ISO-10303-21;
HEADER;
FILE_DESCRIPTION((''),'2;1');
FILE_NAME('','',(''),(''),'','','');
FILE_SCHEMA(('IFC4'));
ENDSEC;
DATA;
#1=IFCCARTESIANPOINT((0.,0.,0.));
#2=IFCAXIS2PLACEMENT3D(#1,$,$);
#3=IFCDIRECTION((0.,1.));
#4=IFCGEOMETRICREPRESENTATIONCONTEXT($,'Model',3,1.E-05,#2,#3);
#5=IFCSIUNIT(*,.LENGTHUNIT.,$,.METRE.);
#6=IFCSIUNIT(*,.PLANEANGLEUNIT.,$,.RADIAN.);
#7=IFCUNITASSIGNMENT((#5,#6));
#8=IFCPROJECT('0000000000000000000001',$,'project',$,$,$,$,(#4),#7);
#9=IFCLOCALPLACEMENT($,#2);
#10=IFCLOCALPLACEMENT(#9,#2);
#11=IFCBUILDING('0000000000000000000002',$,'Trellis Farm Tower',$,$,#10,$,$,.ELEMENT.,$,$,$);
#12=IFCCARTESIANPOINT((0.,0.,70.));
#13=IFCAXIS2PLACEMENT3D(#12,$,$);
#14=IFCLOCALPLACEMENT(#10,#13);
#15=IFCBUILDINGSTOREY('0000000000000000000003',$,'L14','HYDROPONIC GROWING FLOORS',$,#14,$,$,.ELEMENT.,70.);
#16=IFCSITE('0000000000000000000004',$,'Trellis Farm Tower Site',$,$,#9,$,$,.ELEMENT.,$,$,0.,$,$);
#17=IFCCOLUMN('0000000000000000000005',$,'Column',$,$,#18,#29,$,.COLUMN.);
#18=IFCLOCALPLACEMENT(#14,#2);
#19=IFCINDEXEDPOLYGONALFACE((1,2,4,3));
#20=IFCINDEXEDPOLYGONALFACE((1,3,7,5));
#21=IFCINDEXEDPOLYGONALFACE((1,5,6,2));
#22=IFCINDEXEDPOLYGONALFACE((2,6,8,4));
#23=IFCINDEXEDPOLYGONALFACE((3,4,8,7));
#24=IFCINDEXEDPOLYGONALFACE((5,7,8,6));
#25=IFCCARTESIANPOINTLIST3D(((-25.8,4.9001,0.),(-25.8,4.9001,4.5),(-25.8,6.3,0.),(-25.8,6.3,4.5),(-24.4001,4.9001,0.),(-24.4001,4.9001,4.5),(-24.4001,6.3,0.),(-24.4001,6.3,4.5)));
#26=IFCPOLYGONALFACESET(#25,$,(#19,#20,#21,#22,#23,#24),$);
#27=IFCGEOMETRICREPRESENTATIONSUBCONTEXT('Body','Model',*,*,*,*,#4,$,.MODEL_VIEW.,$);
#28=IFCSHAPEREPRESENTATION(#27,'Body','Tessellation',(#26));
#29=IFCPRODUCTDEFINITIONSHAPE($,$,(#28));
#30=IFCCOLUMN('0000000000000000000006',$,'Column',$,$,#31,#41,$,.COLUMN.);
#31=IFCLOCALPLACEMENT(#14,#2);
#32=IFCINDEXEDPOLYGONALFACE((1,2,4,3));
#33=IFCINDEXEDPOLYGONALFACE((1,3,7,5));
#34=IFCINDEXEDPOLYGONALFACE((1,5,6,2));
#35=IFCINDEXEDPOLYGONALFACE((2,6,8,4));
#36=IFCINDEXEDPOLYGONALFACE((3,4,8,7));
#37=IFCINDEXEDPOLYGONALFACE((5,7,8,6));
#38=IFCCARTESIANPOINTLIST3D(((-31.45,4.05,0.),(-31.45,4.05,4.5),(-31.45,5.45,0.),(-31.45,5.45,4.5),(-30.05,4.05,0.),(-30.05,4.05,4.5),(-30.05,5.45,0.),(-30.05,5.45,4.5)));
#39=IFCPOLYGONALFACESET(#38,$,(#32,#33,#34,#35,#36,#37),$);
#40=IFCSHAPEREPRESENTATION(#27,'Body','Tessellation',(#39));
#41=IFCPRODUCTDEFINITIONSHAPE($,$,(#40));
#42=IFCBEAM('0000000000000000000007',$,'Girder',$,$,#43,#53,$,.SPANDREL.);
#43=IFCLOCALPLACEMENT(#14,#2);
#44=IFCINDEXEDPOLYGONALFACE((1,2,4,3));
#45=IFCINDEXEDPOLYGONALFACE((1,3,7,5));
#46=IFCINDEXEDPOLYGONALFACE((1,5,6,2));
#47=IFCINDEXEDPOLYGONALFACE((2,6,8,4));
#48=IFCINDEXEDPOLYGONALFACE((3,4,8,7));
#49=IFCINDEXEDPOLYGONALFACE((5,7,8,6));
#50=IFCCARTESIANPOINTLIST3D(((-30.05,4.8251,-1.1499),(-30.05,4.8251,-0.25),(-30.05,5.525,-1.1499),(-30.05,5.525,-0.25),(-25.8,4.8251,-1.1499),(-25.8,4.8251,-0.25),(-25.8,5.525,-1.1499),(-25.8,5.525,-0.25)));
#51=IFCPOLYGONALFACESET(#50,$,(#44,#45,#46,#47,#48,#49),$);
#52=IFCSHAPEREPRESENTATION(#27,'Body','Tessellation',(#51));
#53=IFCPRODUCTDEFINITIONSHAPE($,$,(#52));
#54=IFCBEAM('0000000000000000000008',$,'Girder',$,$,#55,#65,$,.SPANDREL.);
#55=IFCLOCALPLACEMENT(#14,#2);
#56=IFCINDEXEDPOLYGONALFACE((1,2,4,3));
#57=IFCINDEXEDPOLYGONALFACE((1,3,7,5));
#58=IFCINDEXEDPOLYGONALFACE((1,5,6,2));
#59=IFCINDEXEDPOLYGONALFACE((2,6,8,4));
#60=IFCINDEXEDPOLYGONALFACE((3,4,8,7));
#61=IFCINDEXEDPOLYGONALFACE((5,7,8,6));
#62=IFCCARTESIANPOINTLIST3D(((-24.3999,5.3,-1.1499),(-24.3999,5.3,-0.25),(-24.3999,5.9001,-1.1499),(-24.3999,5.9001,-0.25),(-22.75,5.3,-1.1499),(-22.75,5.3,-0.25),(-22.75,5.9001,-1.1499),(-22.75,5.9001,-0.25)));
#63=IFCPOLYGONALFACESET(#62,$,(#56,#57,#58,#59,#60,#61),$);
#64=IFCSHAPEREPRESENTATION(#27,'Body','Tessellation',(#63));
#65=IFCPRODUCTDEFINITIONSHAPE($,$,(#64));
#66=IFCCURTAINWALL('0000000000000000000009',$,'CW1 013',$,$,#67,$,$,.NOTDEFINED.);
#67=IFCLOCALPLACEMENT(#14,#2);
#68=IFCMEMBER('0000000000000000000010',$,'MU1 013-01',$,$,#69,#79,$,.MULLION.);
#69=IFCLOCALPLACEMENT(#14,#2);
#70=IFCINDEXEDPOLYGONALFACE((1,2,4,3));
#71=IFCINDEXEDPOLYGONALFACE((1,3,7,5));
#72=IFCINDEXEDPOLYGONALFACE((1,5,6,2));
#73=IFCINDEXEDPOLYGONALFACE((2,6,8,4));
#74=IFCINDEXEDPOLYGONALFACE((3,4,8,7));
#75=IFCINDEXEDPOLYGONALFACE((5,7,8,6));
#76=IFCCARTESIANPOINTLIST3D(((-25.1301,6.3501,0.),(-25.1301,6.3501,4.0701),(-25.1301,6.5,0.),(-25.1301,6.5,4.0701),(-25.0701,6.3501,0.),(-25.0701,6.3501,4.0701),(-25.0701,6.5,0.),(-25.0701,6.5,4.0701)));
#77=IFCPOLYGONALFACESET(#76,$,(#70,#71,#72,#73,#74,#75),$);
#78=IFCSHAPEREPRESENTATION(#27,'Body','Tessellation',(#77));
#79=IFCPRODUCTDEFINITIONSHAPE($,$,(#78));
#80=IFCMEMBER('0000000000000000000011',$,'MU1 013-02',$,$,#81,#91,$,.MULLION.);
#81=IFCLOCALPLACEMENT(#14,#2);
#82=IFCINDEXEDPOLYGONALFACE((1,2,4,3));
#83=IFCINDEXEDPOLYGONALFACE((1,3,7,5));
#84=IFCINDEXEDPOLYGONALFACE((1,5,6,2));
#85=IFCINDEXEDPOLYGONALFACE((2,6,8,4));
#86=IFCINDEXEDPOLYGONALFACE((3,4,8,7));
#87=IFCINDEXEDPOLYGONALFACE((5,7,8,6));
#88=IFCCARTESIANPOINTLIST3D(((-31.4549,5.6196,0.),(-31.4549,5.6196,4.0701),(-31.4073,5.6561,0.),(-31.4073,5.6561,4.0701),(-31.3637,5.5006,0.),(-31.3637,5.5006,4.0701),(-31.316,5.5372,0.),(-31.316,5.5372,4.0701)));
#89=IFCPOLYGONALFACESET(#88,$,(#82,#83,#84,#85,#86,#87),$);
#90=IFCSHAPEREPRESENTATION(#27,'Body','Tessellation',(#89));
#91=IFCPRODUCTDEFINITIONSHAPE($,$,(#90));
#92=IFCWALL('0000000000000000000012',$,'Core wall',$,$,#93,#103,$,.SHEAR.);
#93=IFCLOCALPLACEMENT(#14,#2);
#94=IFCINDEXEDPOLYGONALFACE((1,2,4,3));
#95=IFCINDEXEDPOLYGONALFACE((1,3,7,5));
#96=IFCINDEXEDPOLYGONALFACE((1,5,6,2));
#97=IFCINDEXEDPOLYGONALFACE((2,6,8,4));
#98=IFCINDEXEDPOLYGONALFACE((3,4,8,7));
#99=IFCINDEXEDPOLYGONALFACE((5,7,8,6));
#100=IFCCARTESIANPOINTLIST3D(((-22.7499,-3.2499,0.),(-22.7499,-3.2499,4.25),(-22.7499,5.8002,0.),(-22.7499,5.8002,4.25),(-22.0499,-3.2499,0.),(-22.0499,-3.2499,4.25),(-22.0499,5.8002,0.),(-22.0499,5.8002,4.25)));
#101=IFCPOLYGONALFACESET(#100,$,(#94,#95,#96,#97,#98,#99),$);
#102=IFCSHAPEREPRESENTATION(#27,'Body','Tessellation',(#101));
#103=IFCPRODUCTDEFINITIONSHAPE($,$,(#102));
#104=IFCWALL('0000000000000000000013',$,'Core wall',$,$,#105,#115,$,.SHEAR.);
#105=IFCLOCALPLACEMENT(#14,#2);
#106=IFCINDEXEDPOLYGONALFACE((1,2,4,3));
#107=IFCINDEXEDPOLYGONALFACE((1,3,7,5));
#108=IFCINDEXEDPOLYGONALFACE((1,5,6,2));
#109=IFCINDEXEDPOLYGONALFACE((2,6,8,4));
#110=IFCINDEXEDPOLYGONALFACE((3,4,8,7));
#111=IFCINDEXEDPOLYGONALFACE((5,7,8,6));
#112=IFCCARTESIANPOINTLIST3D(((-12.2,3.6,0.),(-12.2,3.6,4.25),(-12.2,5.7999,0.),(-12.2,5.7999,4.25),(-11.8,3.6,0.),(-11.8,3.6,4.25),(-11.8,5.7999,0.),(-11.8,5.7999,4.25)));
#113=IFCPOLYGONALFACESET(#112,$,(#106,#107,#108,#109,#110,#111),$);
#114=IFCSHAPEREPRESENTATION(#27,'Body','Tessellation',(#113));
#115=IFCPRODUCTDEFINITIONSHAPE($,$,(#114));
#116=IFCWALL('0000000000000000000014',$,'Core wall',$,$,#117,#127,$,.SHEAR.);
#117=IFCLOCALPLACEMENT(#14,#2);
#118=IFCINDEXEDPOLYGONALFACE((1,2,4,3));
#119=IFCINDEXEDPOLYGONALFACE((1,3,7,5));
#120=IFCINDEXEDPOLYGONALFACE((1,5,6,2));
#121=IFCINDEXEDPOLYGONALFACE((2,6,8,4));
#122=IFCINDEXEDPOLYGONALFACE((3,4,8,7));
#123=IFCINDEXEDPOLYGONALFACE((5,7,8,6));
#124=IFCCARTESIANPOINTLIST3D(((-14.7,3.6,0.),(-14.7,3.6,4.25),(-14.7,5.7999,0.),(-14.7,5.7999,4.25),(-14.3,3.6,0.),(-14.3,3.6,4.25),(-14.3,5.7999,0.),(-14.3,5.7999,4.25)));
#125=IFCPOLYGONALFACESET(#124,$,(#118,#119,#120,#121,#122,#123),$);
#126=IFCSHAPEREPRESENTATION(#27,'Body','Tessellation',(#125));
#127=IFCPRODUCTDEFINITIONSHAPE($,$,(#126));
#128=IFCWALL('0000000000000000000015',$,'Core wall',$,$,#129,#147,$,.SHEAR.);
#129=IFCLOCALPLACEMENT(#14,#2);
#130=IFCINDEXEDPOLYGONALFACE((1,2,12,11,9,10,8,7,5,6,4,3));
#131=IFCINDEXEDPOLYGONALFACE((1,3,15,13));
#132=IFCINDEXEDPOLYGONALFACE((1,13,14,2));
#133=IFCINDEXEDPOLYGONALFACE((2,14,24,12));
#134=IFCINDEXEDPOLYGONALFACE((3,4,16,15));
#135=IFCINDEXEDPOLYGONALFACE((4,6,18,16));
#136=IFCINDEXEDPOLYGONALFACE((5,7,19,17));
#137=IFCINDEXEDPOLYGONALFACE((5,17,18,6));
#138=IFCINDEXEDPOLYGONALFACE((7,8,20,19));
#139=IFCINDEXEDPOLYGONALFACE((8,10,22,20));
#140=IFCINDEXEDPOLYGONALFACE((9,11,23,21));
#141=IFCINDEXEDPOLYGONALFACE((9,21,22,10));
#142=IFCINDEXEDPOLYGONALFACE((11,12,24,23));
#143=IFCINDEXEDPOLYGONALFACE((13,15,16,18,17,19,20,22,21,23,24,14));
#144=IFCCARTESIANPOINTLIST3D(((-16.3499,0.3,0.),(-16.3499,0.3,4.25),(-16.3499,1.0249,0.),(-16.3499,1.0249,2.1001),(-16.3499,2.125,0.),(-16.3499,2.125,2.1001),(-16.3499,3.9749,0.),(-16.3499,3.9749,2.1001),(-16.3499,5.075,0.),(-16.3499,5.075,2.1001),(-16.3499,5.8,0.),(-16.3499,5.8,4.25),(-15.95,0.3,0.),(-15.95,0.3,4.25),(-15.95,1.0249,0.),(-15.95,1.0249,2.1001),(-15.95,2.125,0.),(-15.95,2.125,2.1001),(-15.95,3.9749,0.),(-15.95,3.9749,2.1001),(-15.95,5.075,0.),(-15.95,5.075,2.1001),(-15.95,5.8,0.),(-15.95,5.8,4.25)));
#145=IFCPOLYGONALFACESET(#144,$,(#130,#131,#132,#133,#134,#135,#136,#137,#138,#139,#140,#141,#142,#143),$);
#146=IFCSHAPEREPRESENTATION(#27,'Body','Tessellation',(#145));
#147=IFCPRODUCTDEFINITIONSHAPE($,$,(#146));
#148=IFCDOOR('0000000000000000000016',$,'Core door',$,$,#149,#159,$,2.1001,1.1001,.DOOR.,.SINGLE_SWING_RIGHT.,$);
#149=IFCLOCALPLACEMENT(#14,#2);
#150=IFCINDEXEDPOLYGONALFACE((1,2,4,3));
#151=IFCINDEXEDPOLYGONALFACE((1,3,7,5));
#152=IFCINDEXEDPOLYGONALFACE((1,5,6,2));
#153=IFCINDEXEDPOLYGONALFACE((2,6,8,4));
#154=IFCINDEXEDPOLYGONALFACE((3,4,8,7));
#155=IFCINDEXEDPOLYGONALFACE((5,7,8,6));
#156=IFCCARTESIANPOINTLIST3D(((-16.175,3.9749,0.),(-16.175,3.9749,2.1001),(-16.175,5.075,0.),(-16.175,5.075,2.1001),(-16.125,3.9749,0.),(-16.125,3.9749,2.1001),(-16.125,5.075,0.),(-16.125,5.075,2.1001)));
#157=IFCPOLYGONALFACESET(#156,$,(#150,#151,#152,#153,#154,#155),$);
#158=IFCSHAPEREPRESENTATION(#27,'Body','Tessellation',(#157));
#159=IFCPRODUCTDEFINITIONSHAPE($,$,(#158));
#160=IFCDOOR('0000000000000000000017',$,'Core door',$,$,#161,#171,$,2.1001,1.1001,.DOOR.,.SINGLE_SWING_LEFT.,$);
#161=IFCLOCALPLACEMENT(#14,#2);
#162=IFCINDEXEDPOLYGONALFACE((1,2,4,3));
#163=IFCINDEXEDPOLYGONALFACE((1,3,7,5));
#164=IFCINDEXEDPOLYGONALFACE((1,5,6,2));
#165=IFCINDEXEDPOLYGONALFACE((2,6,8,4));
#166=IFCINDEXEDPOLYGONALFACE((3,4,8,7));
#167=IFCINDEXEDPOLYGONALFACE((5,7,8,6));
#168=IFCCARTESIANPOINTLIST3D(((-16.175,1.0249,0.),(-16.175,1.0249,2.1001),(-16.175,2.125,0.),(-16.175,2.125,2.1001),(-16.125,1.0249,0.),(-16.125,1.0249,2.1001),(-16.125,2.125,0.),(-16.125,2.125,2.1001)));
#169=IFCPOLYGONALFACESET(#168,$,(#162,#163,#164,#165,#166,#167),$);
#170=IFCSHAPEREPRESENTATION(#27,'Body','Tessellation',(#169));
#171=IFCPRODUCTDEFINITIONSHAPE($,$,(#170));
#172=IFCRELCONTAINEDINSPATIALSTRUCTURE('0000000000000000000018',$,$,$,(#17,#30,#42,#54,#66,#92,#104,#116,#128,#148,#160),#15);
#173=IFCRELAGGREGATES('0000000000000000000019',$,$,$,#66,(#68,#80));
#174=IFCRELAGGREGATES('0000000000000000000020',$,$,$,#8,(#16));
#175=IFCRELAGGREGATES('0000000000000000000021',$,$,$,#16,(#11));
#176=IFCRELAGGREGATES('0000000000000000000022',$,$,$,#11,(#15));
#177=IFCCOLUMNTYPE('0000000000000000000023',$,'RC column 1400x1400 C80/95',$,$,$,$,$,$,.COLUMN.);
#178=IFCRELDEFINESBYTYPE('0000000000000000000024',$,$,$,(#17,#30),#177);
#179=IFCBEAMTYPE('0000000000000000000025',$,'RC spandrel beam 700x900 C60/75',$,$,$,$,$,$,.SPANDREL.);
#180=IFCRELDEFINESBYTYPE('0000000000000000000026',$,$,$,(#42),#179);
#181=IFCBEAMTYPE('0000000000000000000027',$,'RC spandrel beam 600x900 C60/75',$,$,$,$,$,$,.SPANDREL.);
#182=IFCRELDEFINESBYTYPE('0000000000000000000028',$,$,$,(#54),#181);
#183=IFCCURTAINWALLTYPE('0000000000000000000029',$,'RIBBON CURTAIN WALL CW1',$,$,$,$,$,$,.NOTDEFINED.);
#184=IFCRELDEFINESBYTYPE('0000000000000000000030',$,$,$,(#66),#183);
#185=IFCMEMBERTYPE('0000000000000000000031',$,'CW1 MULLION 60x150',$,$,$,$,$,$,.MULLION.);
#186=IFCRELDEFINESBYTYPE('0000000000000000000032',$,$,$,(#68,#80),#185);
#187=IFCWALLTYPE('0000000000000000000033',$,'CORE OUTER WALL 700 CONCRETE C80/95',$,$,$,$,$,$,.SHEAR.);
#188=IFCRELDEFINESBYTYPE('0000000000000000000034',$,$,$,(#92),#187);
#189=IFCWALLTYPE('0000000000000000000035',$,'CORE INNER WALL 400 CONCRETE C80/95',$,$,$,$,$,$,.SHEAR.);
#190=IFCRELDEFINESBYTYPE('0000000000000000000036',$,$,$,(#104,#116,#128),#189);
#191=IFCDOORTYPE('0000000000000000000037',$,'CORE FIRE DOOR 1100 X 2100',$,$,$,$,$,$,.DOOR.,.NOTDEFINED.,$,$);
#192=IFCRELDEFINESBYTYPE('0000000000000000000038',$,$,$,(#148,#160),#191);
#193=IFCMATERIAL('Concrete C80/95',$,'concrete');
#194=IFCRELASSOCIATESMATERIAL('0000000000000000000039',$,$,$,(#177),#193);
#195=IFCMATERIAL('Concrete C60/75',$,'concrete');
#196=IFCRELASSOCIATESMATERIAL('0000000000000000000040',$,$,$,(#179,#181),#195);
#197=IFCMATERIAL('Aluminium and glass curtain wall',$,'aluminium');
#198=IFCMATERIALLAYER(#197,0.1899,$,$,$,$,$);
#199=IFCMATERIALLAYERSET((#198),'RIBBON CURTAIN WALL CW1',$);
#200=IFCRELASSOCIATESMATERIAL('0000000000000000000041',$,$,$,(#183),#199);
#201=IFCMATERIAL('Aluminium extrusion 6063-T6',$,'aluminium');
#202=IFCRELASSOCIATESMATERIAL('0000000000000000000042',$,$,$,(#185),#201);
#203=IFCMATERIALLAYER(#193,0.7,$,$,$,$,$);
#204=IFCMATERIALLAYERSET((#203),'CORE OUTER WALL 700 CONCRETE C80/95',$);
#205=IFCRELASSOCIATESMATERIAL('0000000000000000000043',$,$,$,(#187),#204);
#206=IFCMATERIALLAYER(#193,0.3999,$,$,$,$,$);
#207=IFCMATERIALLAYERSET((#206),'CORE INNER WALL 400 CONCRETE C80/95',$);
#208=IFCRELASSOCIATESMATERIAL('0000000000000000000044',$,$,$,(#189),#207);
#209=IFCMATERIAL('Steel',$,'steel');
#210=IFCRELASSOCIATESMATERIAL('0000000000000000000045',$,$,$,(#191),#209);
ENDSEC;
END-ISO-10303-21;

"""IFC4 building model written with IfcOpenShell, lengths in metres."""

from ifc_helpers import new_model, si_unit, direction, frame, frame_2d, origin, origin_2d, place, context, subcontext, project, spatial, rectangle, extrude, source, transform, mapped, material, layer, layer_set, material_profile, profile_set, type_object, element, fill, aggregate, save


model = new_model("IFC4")

# Units and contexts
model_context = context("Model", 3, precision=1e-05, world=origin(), true_north=direction((0.0, 1.0)))
body_context = subcontext(model_context, "Body", "Model", "MODEL_VIEW")
ifc_project = project(units=[si_unit("LENGTHUNIT", "METRE"), si_unit("PLANEANGLEUNIT", "RADIAN")], contexts=[model_context])

# Site, building, storey
site_placement = place(None, origin())
site = spatial("IfcSite", under=ifc_project, at=site_placement, Name="Trellis Farm Tower Site", CompositionType="ELEMENT", RefElevation=0.0)
building_placement = place(site_placement, origin())
building = spatial("IfcBuilding", under=site, at=building_placement, Name="Trellis Farm Tower", CompositionType="ELEMENT")
storey_placement = place(building_placement, frame((0.0, 0.0, 70.0)))
storey = spatial("IfcBuildingStorey", under=building, at=storey_placement, Name="L14", Description="HYDROPONIC GROWING FLOORS", CompositionType="ELEMENT", Elevation=70.0)

# Columns
ifc_material_1 = material(Name="Concrete C80/95", Category="concrete")
ifc_material_profile_1 = material_profile(ifc_material_1, rectangle(XDim=1.3999, YDim=1.3999, at=origin_2d()), Name="RC column 1400x1400 C80/95")
ifc_profile_set_1 = profile_set([ifc_material_profile_1], Name="Concrete C80/95")
column_type = type_object("IfcColumnType", Name="RC column 1400x1400 C80/95", PredefinedType="COLUMN", material=ifc_profile_set_1)
shared_shape_1 = source(origin(), body_context, "Body", "SweptSolid", [
    extrude(rectangle(XDim=1.3999, YDim=1.3999, at=origin_2d()), origin(), (0.0, 0.0, 1.0), 4.5),
])
for number, where, z_axis, x_axis, name in (
    (1, (-25.1001, 5.6001, 0.0), (0.0, 0.0, 1.0), (1.0, 0.0, 0.0), "Column"),
    (2, (-30.75, 4.75, 0.0), (0.0, 0.0, 1.0), (1.0, 0.0, 0.0), "Column"),
):
    element("IfcColumn", number, at=place(storey_placement, frame(where, z_axis=z_axis, x_axis=x_axis)), inside=storey, type_object=column_type, Name=name, PredefinedType="COLUMN", context=body_context, shape_type="MappedRepresentation", body=[
        mapped(shared_shape_1, transform((0.0, 0.0, 0.0))),
    ])

# Beams
ifc_material_2 = material(Name="Concrete C60/75", Category="concrete")
ifc_material_profile_2 = material_profile(ifc_material_2, rectangle(XDim=0.7, YDim=0.8999, at=origin_2d()), Name="RC spandrel beam 700x900 C60/75")
ifc_profile_set_2 = profile_set([ifc_material_profile_2], Name="Concrete C60/75")
beam_type_1 = type_object("IfcBeamType", Name="RC spandrel beam 700x900 C60/75", PredefinedType="SPANDREL", material=ifc_profile_set_2)
shared_shape_2 = source(origin(), body_context, "Body", "SweptSolid", [
    extrude(rectangle(XDim=0.7, YDim=0.8999, at=origin_2d()), origin(), (0.0, 0.0, 1.0), 4.25),
])
beam_1_placement = place(storey_placement, frame((-30.05, 5.175, -0.7), z_axis=(1.0, 0.0, 0.0), x_axis=(0.0, 1.0, 0.0)))
element("IfcBeam", 3, at=beam_1_placement, inside=storey, type_object=beam_type_1, Name="Girder", PredefinedType="SPANDREL", context=body_context, shape_type="MappedRepresentation", body=[
    mapped(shared_shape_2, transform((0.0, 0.0, 0.0))),
])
ifc_material_profile_3 = material_profile(ifc_material_2, rectangle(XDim=0.6001, YDim=0.8999, at=origin_2d()), Name="RC spandrel beam 600x900 C60/75")
ifc_profile_set_3 = profile_set([ifc_material_profile_3], Name="Concrete C60/75")
beam_type_2 = type_object("IfcBeamType", Name="RC spandrel beam 600x900 C60/75", PredefinedType="SPANDREL", material=ifc_profile_set_3)
shared_shape_3 = source(origin(), body_context, "Body", "SweptSolid", [
    extrude(rectangle(XDim=0.6001, YDim=0.8999, at=origin_2d()), origin(), (0.0, 0.0, 1.0), 1.6499),
])
beam_2_placement = place(storey_placement, frame((-24.3999, 5.6001, -0.7), z_axis=(1.0, 0.0, 0.0), x_axis=(0.0, 1.0, 0.0)))
element("IfcBeam", 4, at=beam_2_placement, inside=storey, type_object=beam_type_2, Name="Girder", PredefinedType="SPANDREL", context=body_context, shape_type="MappedRepresentation", body=[
    mapped(shared_shape_3, transform((0.0, 0.0, 0.0))),
])

# Curtain wall, members
ifc_material_3 = material(Name="Aluminium and glass curtain wall", Category="aluminium")
ifc_layer_1 = layer(ifc_material_3, 0.1899)
ifc_layer_set_1 = layer_set([ifc_layer_1], Name="RIBBON CURTAIN WALL CW1")
curtain_wall_type = type_object("IfcCurtainWallType", Name="RIBBON CURTAIN WALL CW1", PredefinedType="NOTDEFINED", material=ifc_layer_set_1)
placement = place(storey_placement, origin())
curtain_wall = element("IfcCurtainWall", 5, at=placement, inside=storey, type_object=curtain_wall_type, Name="CW1 013", PredefinedType="NOTDEFINED")
ifc_material_4 = material(Name="Aluminium extrusion 6063-T6", Category="aluminium")
ifc_material_profile_4 = material_profile(ifc_material_4, rectangle(XDim=0.0601, YDim=0.1499, at=origin_2d()), Name="MULLION 60x150")
ifc_profile_set_4 = profile_set([ifc_material_profile_4], Name="Aluminium extrusion 6063-T6")
member_type = type_object("IfcMemberType", Name="CW1 MULLION 60x150", PredefinedType="MULLION", material=ifc_profile_set_4)
shared_shape_4 = source(origin(), body_context, "Body", "SweptSolid", [
    extrude(rectangle(XDim=0.0601, YDim=0.1499, at=origin_2d()), origin(), (0.0, 0.0, 1.0), 4.0701),
])
member_1_placement = place(storey_placement, frame((-25.1001, 6.425, 0.0), z_axis=(0.0, 0.0, 1.0), x_axis=(-1.0, 0.0, 0.0)))
member_1 = element("IfcMember", 6, at=member_1_placement, type_object=member_type, Name="MU1 013-01", PredefinedType="MULLION", context=body_context, shape_type="MappedRepresentation", body=[
    mapped(shared_shape_4, transform((0.0, 0.0, 0.0))),
])
member_2_placement = place(storey_placement, frame((-31.3855, 5.5784, 0.0), z_axis=(0.0, 0.0, 1.0), x_axis=(-0.793353, -0.608761, 0.0)))
member_2 = element("IfcMember", 7, at=member_2_placement, type_object=member_type, Name="MU1 013-02", PredefinedType="MULLION", context=body_context, shape_type="MappedRepresentation", body=[
    mapped(shared_shape_4, transform((0.0, 0.0, 0.0))),
])
aggregate(curtain_wall, [member_1, member_2])

# Walls
ifc_layer_2 = layer(ifc_material_1, 0.7)
ifc_layer_set_2 = layer_set([ifc_layer_2], Name="CORE OUTER WALL 700 CONCRETE C80/95")
wall_type_1 = type_object("IfcWallType", Name="CORE OUTER WALL 700 CONCRETE C80/95", PredefinedType="SHEAR", material=ifc_layer_set_2)
shared_shape_5 = source(origin(), body_context, "Body", "SweptSolid", [
    extrude(rectangle(XDim=9.05, YDim=0.7, at=frame_2d((4.5249, 0.0))), origin(), (0.0, 0.0, 1.0), 4.25),
])
wall_1_placement = place(storey_placement, frame((-22.3999, 5.8, 0.0), z_axis=(0.0, 0.0, 1.0), x_axis=(0.0, -1.0, 0.0)))
element("IfcWall", 8, at=wall_1_placement, inside=storey, type_object=wall_type_1, Name="Core wall", PredefinedType="SHEAR", context=body_context, shape_type="MappedRepresentation", body=[
    mapped(shared_shape_5, transform((0.0, 0.0, 0.0))),
])
ifc_layer_3 = layer(ifc_material_1, 0.3999)
ifc_layer_set_3 = layer_set([ifc_layer_3], Name="CORE INNER WALL 400 CONCRETE C80/95")
wall_type_2 = type_object("IfcWallType", Name="CORE INNER WALL 400 CONCRETE C80/95", PredefinedType="SHEAR", material=ifc_layer_set_3)
shared_shape_6 = source(origin(), body_context, "Body", "SweptSolid", [
    extrude(rectangle(XDim=2.2, YDim=0.3999, at=frame_2d((1.1001, 0.0))), origin(), (0.0, 0.0, 1.0), 4.25),
])
for number, where, z_axis, x_axis, name in (
    (9, (-12.0, 5.8, 0.0), (0.0, 0.0, 1.0), (0.0, -1.0, 0.0), "Core wall"),
    (10, (-14.5, 5.8, 0.0), (0.0, 0.0, 1.0), (0.0, -1.0, 0.0), "Core wall"),
):
    element("IfcWall", number, at=place(storey_placement, frame(where, z_axis=z_axis, x_axis=x_axis)), inside=storey, type_object=wall_type_2, Name=name, PredefinedType="SHEAR", context=body_context, shape_type="MappedRepresentation", body=[
        mapped(shared_shape_6, transform((0.0, 0.0, 0.0))),
    ])

# Wall, openings, doors
shared_shape_7 = source(origin(), body_context, "Body", "SweptSolid", [
    extrude(rectangle(XDim=5.5, YDim=0.3999, at=frame_2d((2.75, 0.0))), origin(), (0.0, 0.0, 1.0), 4.25),
])
wall_2_placement = place(storey_placement, frame((-16.1499, 5.8, 0.0), z_axis=(0.0, 0.0, 1.0), x_axis=(0.0, -1.0, 0.0)))
wall_2 = element("IfcWall", 11, at=wall_2_placement, inside=storey, type_object=wall_type_2, Name="Core wall", PredefinedType="SHEAR", context=body_context, shape_type="MappedRepresentation", body=[
    mapped(shared_shape_7, transform((0.0, 0.0, 0.0))),
])
shared_shape_8 = source(origin(), body_context, "Body", "SweptSolid", [
    extrude(rectangle(XDim=1.1001, YDim=2.1001, at=frame_2d((0.55, 1.05))), frame((0.0, 0.21, 0.0), z_axis=(0.0, -1.0, 0.0), x_axis=(1.0, 0.0, 0.0)), (0.0, 0.0, 1.0), 0.4199),
])
opening_1_placement = place(wall_2_placement, frame((0.7251, 0.0, 0.0)))
opening_1 = element("IfcOpeningElement", 12, at=opening_1_placement, cuts=wall_2, PredefinedType="OPENING", context=body_context, shape_type="MappedRepresentation", body=[
    mapped(shared_shape_8, transform((0.0, 0.0, 0.0))),
])
opening_2_placement = place(wall_2_placement, frame((3.675, 0.0, 0.0)))
opening_2 = element("IfcOpeningElement", 13, at=opening_2_placement, cuts=wall_2, PredefinedType="OPENING", context=body_context, shape_type="MappedRepresentation", body=[
    mapped(shared_shape_8, transform((0.0, 0.0, 0.0))),
])
ifc_material_5 = material(Name="Steel", Category="steel")
door_type = type_object("IfcDoorType", Name="CORE FIRE DOOR 1100 X 2100", OperationType="NOTDEFINED", PredefinedType="DOOR", material=ifc_material_5)
shared_shape_9 = source(origin(), body_context, "Body", "SweptSolid", [
    extrude(rectangle(XDim=1.1001, YDim=2.1001, at=frame_2d((0.55, 1.05))), frame((0.0, 0.0249, 0.0), z_axis=(0.0, -1.0, 0.0), x_axis=(1.0, 0.0, 0.0)), (0.0, 0.0, 1.0), 0.05),
])
door_1_placement = place(opening_1_placement, origin())
door_1 = element("IfcDoor", 14, at=door_1_placement, inside=storey, type_object=door_type, Name="Core door", OperationType="SINGLE_SWING_RIGHT", OverallHeight=2.1001, OverallWidth=1.1001, PredefinedType="DOOR", context=body_context, shape_type="MappedRepresentation", body=[
    mapped(shared_shape_9, transform((0.0, 0.0, 0.0))),
])
fill(opening_1, door_1)
door_2_placement = place(opening_2_placement, origin())
door_2 = element("IfcDoor", 15, at=door_2_placement, inside=storey, type_object=door_type, Name="Core door", OperationType="SINGLE_SWING_LEFT", OverallHeight=2.1001, OverallWidth=1.1001, PredefinedType="DOOR", context=body_context, shape_type="MappedRepresentation", body=[
    mapped(shared_shape_9, transform((0.0, 0.0, 0.0))),
])
fill(opening_2, door_2)

save(model, "model.ifc")
